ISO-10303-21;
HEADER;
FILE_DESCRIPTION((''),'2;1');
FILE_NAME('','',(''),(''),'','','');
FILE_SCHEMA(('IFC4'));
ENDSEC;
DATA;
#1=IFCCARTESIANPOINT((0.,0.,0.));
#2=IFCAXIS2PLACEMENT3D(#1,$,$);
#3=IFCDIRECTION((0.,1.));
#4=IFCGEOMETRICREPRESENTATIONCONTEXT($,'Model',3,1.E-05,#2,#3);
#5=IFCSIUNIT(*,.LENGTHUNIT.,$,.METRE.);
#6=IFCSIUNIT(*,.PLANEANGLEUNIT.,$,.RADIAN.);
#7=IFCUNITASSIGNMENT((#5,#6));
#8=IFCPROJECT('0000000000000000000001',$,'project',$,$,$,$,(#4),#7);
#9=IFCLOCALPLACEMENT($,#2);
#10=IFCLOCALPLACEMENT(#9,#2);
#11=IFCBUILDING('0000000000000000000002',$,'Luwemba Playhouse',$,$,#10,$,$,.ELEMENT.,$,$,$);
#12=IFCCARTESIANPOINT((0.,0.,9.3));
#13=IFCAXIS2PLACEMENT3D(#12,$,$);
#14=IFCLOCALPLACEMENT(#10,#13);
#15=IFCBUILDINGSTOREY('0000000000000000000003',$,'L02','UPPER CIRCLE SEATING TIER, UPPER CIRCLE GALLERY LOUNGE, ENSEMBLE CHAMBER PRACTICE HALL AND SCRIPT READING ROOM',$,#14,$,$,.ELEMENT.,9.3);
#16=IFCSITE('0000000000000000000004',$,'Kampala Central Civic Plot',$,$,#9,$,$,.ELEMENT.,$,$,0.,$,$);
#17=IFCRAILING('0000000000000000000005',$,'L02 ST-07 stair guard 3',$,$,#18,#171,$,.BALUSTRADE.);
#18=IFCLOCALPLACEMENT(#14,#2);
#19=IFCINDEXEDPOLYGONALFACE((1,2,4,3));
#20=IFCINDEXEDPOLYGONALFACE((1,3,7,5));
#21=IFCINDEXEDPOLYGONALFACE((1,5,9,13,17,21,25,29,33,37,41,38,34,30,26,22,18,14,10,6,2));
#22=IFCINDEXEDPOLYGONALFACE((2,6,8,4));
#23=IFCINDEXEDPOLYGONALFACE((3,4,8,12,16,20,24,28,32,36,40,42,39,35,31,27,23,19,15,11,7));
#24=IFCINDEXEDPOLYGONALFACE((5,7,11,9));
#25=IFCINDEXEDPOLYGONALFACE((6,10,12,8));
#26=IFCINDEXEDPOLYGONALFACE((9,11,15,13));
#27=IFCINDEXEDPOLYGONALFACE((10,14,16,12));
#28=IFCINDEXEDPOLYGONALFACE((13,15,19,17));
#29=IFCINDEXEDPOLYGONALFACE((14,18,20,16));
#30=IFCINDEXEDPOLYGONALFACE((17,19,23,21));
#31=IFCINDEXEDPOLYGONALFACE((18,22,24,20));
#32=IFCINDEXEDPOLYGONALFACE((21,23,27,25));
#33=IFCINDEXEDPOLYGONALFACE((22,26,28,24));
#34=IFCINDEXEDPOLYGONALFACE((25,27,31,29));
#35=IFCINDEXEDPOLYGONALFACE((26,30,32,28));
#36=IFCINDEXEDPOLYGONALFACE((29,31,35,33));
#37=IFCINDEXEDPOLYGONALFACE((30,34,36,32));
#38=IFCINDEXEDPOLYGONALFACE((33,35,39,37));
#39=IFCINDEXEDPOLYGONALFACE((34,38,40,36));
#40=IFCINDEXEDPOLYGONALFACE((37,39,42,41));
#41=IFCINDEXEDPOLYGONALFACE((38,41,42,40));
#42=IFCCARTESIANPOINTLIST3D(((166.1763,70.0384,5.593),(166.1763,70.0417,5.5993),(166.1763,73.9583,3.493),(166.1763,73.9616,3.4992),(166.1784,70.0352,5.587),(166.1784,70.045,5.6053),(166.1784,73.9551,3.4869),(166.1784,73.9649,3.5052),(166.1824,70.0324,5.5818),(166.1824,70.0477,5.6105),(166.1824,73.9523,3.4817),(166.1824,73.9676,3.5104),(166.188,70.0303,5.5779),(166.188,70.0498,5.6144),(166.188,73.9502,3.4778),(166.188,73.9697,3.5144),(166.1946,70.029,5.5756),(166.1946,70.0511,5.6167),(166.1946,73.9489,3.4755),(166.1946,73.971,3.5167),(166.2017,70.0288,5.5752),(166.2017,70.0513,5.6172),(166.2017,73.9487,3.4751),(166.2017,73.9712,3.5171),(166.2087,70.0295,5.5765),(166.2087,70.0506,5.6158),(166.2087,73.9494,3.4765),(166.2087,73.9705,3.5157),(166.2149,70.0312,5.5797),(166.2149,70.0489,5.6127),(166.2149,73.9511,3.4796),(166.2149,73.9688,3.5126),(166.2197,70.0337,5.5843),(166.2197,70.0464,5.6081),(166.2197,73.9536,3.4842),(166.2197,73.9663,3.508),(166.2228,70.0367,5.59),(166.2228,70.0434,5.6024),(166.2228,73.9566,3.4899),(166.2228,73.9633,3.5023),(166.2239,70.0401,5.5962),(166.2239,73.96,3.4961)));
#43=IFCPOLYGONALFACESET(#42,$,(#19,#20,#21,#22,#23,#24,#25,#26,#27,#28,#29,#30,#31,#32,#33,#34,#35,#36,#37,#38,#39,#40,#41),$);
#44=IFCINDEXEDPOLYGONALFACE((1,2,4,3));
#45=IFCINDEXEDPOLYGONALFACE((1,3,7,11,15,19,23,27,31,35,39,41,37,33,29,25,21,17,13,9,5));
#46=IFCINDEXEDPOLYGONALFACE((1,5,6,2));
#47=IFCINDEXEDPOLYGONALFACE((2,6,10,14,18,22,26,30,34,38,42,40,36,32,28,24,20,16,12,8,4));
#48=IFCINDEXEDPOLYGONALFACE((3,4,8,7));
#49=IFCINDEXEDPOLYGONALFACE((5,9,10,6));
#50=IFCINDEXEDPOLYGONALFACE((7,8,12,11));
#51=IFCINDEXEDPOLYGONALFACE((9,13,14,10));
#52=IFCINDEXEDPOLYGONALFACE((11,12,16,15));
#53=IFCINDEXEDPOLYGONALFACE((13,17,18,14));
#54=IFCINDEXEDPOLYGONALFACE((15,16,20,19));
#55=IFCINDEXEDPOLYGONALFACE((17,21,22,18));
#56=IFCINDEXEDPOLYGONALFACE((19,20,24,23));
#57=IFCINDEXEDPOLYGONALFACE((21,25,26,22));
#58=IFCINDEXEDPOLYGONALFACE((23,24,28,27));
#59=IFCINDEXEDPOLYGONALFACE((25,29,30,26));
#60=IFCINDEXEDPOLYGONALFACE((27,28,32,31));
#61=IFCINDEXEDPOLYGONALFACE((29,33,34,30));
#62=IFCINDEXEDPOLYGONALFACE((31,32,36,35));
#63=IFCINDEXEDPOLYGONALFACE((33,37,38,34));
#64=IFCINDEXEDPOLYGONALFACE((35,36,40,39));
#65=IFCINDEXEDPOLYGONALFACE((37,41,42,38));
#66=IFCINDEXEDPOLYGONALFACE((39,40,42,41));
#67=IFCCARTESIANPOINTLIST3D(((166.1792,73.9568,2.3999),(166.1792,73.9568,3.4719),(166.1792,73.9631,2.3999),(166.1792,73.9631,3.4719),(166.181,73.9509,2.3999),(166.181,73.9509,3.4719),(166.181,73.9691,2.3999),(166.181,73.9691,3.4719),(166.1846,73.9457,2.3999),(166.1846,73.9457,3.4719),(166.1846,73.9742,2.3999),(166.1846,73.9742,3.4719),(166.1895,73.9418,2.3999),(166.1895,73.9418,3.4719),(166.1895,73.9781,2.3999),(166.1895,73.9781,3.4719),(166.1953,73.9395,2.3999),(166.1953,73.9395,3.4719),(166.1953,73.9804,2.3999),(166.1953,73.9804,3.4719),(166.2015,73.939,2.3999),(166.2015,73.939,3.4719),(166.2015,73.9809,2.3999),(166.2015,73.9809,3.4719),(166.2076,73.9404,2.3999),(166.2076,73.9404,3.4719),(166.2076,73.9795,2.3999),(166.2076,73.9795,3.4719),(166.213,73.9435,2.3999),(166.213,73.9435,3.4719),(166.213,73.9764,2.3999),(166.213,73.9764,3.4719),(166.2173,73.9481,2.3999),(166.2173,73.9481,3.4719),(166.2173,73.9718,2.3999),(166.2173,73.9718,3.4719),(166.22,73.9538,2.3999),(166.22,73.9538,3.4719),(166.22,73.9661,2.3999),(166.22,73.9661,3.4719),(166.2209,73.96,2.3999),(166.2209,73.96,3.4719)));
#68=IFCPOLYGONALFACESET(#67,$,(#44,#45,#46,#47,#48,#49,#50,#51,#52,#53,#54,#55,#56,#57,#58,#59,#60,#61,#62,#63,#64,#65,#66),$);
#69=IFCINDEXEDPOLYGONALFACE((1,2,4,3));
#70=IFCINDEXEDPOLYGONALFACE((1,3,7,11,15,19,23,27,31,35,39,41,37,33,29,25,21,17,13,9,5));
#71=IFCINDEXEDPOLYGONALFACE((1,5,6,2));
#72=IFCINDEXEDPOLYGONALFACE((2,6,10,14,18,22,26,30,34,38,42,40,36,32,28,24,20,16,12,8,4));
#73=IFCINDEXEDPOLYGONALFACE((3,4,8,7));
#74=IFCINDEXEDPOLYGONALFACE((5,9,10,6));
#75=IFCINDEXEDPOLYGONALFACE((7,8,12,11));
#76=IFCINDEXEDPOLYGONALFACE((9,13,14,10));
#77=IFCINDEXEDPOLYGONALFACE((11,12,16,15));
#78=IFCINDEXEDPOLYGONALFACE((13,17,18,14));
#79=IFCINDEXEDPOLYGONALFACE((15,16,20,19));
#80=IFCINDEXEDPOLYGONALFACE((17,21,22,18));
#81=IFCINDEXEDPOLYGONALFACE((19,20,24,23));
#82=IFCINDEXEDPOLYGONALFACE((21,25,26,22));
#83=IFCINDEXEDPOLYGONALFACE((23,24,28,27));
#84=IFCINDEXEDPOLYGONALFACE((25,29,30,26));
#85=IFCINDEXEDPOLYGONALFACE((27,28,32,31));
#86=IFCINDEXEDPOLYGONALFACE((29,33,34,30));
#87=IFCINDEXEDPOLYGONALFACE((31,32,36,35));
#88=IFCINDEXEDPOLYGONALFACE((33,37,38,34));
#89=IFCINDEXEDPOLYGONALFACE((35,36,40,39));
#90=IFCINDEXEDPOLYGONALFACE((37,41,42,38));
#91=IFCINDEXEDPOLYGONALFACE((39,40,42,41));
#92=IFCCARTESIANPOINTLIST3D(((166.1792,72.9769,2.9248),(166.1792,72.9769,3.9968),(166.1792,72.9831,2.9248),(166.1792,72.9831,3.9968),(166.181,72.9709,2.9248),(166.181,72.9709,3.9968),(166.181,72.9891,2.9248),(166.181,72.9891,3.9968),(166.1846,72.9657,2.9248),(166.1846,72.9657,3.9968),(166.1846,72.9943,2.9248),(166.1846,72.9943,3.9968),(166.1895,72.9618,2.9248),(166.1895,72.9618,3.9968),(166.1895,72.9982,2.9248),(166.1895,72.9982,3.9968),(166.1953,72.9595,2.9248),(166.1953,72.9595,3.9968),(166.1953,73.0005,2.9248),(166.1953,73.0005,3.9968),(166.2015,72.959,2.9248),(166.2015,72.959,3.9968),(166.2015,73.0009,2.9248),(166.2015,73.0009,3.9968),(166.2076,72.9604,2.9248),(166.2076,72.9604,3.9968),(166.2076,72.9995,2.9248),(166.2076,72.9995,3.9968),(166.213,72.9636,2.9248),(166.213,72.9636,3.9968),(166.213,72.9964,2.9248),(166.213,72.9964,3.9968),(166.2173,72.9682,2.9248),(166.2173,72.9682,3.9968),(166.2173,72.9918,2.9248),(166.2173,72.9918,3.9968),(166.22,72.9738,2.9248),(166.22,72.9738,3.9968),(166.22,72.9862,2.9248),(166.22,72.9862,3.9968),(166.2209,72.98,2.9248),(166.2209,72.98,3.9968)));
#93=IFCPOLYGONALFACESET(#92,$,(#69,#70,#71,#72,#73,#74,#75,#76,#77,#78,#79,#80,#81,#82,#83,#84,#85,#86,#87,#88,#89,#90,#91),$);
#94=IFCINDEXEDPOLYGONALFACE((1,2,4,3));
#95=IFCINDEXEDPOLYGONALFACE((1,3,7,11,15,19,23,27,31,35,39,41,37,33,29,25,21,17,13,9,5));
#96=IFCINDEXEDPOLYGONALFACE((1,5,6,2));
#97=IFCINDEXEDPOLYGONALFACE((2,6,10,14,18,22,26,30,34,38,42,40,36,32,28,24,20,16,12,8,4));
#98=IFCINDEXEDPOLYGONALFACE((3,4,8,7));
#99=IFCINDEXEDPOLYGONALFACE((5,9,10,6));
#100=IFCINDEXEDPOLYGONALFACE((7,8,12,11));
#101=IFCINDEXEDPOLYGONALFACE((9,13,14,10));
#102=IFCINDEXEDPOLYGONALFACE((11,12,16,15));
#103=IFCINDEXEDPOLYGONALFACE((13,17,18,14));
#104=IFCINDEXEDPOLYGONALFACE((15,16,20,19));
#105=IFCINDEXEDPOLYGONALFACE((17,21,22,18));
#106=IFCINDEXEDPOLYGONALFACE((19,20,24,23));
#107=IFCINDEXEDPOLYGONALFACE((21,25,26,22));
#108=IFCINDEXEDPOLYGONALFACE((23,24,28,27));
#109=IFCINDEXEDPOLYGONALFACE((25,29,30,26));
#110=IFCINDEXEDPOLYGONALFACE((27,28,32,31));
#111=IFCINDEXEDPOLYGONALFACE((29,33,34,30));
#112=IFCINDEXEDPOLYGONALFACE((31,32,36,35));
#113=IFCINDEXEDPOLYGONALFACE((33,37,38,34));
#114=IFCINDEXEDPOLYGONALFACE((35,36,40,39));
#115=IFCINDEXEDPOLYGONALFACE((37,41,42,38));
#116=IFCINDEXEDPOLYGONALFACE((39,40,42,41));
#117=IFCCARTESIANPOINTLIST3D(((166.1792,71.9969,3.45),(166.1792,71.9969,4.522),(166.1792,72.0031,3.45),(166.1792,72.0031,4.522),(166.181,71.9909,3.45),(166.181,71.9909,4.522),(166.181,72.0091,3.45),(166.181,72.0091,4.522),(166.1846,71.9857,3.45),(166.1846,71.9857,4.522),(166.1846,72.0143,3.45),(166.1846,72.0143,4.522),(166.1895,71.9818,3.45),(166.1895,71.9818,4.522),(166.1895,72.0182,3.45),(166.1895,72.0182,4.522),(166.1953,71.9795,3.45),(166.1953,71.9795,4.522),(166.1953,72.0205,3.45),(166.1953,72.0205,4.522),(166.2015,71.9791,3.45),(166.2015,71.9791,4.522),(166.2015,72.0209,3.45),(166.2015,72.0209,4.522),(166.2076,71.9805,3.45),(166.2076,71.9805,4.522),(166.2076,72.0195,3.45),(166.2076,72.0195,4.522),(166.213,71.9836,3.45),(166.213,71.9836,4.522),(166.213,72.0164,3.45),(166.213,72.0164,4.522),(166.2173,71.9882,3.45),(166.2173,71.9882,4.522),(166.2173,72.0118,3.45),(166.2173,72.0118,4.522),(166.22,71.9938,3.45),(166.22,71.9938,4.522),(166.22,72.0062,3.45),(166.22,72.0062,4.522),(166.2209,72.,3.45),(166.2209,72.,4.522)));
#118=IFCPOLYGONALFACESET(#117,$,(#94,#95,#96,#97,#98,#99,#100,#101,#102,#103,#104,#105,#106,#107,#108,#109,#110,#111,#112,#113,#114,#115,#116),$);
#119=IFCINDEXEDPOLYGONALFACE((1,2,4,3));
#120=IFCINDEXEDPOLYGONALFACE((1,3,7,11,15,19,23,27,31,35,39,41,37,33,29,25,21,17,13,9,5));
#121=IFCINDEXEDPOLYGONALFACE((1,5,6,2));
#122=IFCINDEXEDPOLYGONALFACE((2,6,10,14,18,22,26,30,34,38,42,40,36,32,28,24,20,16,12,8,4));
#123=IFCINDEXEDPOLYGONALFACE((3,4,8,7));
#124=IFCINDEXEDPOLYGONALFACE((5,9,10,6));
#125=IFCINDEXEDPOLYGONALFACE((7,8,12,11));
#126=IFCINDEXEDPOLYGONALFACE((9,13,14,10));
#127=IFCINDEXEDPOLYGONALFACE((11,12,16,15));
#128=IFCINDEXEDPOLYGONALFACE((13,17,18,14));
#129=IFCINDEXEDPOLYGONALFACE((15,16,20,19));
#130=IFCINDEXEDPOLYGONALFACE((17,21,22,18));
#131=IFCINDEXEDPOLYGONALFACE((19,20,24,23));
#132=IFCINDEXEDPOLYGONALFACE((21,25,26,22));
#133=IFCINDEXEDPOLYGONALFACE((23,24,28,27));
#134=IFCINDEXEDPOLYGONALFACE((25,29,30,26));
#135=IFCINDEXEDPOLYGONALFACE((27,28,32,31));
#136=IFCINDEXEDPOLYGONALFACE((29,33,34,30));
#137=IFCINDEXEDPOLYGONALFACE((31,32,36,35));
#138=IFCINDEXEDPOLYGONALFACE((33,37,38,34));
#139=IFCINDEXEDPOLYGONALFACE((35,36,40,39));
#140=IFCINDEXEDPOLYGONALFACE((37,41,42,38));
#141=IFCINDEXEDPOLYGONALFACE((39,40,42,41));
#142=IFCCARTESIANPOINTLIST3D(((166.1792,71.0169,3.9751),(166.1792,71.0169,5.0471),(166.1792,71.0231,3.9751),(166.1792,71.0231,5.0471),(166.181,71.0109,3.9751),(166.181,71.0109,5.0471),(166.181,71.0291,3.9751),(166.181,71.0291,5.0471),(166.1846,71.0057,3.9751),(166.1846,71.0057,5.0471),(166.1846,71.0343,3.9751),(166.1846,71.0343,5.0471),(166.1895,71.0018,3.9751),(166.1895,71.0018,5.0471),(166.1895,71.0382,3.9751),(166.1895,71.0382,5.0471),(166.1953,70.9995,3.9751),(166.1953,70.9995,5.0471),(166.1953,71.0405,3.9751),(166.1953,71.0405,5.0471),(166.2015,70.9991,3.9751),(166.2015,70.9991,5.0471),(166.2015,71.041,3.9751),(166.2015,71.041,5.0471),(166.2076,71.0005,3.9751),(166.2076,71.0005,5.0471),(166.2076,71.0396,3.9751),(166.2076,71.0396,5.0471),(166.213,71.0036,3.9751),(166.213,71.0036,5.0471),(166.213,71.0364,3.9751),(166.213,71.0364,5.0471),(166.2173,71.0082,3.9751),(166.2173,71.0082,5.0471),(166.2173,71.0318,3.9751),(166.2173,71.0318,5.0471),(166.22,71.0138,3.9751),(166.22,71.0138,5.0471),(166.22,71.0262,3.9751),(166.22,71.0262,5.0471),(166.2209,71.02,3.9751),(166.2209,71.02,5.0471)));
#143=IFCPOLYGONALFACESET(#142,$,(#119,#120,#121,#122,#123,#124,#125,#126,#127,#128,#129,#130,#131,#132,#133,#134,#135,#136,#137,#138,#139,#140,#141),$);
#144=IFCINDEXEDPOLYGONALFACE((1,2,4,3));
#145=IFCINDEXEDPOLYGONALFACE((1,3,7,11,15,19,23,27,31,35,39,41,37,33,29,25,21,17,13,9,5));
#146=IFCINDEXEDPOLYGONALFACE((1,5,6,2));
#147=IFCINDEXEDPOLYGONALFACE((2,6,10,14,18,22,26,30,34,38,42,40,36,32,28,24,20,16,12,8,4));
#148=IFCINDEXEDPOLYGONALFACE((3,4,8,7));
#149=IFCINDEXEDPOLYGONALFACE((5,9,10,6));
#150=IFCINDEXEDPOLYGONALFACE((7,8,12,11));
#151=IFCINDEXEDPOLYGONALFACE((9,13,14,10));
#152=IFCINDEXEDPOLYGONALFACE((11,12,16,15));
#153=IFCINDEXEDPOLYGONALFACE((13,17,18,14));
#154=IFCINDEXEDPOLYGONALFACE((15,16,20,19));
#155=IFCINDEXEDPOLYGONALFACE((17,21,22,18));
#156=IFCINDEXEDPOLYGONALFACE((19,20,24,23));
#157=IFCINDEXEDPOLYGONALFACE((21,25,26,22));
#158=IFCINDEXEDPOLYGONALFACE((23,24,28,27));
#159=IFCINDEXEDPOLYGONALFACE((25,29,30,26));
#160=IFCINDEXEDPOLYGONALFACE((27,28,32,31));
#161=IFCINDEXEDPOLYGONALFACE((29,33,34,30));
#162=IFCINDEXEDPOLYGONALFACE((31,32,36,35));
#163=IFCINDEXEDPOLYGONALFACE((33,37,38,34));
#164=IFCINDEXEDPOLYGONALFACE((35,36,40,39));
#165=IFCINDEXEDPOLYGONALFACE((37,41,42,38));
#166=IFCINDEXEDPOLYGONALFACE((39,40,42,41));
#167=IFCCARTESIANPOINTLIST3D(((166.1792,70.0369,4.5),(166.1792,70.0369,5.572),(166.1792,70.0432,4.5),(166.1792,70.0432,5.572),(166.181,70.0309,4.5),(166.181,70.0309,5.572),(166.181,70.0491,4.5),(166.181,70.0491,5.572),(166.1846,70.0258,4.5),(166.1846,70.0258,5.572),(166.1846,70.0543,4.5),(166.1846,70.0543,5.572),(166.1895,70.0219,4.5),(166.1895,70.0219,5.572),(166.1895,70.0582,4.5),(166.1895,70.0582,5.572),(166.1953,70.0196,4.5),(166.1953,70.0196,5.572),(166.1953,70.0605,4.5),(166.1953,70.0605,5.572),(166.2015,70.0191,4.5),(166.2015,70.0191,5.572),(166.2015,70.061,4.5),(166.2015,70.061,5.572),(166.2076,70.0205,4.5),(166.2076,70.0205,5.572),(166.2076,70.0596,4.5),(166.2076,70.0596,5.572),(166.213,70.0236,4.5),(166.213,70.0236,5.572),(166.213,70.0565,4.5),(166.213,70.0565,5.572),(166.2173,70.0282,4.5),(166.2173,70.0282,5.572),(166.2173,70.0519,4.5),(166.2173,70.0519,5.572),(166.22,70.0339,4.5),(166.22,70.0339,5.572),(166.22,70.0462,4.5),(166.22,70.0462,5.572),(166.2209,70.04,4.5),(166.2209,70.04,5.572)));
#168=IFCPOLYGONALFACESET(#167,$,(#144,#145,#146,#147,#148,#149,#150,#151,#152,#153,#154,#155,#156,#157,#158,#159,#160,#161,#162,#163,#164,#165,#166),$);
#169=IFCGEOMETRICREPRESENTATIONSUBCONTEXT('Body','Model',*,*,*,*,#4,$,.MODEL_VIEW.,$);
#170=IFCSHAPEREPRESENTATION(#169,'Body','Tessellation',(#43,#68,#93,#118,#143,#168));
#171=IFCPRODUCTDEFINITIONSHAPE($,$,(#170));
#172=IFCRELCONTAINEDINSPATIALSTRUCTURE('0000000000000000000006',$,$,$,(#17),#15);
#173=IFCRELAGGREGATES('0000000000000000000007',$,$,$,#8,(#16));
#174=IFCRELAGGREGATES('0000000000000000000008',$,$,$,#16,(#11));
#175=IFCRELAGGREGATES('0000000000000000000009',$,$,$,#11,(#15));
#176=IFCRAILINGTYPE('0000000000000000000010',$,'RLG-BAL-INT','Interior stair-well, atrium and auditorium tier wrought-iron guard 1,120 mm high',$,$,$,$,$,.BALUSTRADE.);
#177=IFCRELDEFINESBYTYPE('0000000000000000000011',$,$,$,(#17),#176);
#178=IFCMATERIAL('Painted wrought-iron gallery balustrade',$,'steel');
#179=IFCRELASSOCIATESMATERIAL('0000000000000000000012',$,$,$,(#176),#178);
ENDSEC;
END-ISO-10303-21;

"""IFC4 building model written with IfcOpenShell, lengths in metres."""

from ifc_helpers import new_model, si_unit, direction, frame, origin, origin_2d, place, context, subcontext, project, spatial, circle, extrude, material, type_object, element, save


model = new_model("IFC4")

# Units and contexts
model_context = context("Model", 3, precision=1e-05, world=origin(), true_north=direction((0.0, 1.0)))
body_context = subcontext(model_context, "Body", "Model", "MODEL_VIEW")
ifc_project = project(units=[si_unit("LENGTHUNIT", "METRE"), si_unit("PLANEANGLEUNIT", "RADIAN")], contexts=[model_context])

# Site, building, storey
site_placement = place(None, origin())
site = spatial("IfcSite", under=ifc_project, at=site_placement, Name="Kampala Central Civic Plot", CompositionType="ELEMENT", RefElevation=0.0)
building_placement = place(site_placement, origin())
building = spatial("IfcBuilding", under=site, at=building_placement, Name="Luwemba Playhouse", CompositionType="ELEMENT")
storey_placement = place(building_placement, frame((0.0, 0.0, 9.3)))
storey = spatial("IfcBuildingStorey", under=building, at=storey_placement, Name="L02", Description="UPPER CIRCLE SEATING TIER, UPPER CIRCLE GALLERY LOUNGE, ENSEMBLE CHAMBER PRACTICE HALL AND SCRIPT READING ROOM", CompositionType="ELEMENT", Elevation=9.3)

# Railing
ifc_material_1 = material(Name="Painted wrought-iron gallery balustrade", Category="steel")
railing_type_1 = type_object("IfcRailingType", Name="RLG-BAL-INT", Description="Interior stair-well, atrium and auditorium tier wrought-iron guard 1,120 mm high", PredefinedType="BALUSTRADE", material=ifc_material_1)
railing_1_placement = place(storey_placement, frame((166.2, 73.96, 2.3999)))
element("IfcRailing", 1, at=railing_1_placement, inside=storey, type_object=railing_type_1, Name="L02 ST-07 stair guard 3", PredefinedType="BALUSTRADE", context=body_context, shape_type="SweptSolid", body=[
    extrude(circle(Radius=0.0239, at=origin_2d()), frame((0.0, 0.0, 1.0962), z_axis=(0.0, -0.881467, 0.472246), x_axis=(1.0, 0.0, 0.0)), (0.0, 0.0, 1.0), 4.447),
    extrude(circle(Radius=0.021, at=origin_2d()), origin(), (0.0, 0.0, 1.0), 1.072),
    extrude(circle(Radius=0.021, at=origin_2d()), frame((0.0, -0.98, 0.5249)), (0.0, 0.0, 1.0), 1.072),
    extrude(circle(Radius=0.021, at=origin_2d()), frame((0.0, -1.96, 1.05)), (0.0, 0.0, 1.0), 1.072),
    extrude(circle(Radius=0.021, at=origin_2d()), frame((0.0, -2.9399, 1.5752)), (0.0, 0.0, 1.0), 1.072),
    extrude(circle(Radius=0.021, at=origin_2d()), frame((0.0, -3.9199, 2.1001)), (0.0, 0.0, 1.0), 1.072),
])

save(model, "model.ifc")
